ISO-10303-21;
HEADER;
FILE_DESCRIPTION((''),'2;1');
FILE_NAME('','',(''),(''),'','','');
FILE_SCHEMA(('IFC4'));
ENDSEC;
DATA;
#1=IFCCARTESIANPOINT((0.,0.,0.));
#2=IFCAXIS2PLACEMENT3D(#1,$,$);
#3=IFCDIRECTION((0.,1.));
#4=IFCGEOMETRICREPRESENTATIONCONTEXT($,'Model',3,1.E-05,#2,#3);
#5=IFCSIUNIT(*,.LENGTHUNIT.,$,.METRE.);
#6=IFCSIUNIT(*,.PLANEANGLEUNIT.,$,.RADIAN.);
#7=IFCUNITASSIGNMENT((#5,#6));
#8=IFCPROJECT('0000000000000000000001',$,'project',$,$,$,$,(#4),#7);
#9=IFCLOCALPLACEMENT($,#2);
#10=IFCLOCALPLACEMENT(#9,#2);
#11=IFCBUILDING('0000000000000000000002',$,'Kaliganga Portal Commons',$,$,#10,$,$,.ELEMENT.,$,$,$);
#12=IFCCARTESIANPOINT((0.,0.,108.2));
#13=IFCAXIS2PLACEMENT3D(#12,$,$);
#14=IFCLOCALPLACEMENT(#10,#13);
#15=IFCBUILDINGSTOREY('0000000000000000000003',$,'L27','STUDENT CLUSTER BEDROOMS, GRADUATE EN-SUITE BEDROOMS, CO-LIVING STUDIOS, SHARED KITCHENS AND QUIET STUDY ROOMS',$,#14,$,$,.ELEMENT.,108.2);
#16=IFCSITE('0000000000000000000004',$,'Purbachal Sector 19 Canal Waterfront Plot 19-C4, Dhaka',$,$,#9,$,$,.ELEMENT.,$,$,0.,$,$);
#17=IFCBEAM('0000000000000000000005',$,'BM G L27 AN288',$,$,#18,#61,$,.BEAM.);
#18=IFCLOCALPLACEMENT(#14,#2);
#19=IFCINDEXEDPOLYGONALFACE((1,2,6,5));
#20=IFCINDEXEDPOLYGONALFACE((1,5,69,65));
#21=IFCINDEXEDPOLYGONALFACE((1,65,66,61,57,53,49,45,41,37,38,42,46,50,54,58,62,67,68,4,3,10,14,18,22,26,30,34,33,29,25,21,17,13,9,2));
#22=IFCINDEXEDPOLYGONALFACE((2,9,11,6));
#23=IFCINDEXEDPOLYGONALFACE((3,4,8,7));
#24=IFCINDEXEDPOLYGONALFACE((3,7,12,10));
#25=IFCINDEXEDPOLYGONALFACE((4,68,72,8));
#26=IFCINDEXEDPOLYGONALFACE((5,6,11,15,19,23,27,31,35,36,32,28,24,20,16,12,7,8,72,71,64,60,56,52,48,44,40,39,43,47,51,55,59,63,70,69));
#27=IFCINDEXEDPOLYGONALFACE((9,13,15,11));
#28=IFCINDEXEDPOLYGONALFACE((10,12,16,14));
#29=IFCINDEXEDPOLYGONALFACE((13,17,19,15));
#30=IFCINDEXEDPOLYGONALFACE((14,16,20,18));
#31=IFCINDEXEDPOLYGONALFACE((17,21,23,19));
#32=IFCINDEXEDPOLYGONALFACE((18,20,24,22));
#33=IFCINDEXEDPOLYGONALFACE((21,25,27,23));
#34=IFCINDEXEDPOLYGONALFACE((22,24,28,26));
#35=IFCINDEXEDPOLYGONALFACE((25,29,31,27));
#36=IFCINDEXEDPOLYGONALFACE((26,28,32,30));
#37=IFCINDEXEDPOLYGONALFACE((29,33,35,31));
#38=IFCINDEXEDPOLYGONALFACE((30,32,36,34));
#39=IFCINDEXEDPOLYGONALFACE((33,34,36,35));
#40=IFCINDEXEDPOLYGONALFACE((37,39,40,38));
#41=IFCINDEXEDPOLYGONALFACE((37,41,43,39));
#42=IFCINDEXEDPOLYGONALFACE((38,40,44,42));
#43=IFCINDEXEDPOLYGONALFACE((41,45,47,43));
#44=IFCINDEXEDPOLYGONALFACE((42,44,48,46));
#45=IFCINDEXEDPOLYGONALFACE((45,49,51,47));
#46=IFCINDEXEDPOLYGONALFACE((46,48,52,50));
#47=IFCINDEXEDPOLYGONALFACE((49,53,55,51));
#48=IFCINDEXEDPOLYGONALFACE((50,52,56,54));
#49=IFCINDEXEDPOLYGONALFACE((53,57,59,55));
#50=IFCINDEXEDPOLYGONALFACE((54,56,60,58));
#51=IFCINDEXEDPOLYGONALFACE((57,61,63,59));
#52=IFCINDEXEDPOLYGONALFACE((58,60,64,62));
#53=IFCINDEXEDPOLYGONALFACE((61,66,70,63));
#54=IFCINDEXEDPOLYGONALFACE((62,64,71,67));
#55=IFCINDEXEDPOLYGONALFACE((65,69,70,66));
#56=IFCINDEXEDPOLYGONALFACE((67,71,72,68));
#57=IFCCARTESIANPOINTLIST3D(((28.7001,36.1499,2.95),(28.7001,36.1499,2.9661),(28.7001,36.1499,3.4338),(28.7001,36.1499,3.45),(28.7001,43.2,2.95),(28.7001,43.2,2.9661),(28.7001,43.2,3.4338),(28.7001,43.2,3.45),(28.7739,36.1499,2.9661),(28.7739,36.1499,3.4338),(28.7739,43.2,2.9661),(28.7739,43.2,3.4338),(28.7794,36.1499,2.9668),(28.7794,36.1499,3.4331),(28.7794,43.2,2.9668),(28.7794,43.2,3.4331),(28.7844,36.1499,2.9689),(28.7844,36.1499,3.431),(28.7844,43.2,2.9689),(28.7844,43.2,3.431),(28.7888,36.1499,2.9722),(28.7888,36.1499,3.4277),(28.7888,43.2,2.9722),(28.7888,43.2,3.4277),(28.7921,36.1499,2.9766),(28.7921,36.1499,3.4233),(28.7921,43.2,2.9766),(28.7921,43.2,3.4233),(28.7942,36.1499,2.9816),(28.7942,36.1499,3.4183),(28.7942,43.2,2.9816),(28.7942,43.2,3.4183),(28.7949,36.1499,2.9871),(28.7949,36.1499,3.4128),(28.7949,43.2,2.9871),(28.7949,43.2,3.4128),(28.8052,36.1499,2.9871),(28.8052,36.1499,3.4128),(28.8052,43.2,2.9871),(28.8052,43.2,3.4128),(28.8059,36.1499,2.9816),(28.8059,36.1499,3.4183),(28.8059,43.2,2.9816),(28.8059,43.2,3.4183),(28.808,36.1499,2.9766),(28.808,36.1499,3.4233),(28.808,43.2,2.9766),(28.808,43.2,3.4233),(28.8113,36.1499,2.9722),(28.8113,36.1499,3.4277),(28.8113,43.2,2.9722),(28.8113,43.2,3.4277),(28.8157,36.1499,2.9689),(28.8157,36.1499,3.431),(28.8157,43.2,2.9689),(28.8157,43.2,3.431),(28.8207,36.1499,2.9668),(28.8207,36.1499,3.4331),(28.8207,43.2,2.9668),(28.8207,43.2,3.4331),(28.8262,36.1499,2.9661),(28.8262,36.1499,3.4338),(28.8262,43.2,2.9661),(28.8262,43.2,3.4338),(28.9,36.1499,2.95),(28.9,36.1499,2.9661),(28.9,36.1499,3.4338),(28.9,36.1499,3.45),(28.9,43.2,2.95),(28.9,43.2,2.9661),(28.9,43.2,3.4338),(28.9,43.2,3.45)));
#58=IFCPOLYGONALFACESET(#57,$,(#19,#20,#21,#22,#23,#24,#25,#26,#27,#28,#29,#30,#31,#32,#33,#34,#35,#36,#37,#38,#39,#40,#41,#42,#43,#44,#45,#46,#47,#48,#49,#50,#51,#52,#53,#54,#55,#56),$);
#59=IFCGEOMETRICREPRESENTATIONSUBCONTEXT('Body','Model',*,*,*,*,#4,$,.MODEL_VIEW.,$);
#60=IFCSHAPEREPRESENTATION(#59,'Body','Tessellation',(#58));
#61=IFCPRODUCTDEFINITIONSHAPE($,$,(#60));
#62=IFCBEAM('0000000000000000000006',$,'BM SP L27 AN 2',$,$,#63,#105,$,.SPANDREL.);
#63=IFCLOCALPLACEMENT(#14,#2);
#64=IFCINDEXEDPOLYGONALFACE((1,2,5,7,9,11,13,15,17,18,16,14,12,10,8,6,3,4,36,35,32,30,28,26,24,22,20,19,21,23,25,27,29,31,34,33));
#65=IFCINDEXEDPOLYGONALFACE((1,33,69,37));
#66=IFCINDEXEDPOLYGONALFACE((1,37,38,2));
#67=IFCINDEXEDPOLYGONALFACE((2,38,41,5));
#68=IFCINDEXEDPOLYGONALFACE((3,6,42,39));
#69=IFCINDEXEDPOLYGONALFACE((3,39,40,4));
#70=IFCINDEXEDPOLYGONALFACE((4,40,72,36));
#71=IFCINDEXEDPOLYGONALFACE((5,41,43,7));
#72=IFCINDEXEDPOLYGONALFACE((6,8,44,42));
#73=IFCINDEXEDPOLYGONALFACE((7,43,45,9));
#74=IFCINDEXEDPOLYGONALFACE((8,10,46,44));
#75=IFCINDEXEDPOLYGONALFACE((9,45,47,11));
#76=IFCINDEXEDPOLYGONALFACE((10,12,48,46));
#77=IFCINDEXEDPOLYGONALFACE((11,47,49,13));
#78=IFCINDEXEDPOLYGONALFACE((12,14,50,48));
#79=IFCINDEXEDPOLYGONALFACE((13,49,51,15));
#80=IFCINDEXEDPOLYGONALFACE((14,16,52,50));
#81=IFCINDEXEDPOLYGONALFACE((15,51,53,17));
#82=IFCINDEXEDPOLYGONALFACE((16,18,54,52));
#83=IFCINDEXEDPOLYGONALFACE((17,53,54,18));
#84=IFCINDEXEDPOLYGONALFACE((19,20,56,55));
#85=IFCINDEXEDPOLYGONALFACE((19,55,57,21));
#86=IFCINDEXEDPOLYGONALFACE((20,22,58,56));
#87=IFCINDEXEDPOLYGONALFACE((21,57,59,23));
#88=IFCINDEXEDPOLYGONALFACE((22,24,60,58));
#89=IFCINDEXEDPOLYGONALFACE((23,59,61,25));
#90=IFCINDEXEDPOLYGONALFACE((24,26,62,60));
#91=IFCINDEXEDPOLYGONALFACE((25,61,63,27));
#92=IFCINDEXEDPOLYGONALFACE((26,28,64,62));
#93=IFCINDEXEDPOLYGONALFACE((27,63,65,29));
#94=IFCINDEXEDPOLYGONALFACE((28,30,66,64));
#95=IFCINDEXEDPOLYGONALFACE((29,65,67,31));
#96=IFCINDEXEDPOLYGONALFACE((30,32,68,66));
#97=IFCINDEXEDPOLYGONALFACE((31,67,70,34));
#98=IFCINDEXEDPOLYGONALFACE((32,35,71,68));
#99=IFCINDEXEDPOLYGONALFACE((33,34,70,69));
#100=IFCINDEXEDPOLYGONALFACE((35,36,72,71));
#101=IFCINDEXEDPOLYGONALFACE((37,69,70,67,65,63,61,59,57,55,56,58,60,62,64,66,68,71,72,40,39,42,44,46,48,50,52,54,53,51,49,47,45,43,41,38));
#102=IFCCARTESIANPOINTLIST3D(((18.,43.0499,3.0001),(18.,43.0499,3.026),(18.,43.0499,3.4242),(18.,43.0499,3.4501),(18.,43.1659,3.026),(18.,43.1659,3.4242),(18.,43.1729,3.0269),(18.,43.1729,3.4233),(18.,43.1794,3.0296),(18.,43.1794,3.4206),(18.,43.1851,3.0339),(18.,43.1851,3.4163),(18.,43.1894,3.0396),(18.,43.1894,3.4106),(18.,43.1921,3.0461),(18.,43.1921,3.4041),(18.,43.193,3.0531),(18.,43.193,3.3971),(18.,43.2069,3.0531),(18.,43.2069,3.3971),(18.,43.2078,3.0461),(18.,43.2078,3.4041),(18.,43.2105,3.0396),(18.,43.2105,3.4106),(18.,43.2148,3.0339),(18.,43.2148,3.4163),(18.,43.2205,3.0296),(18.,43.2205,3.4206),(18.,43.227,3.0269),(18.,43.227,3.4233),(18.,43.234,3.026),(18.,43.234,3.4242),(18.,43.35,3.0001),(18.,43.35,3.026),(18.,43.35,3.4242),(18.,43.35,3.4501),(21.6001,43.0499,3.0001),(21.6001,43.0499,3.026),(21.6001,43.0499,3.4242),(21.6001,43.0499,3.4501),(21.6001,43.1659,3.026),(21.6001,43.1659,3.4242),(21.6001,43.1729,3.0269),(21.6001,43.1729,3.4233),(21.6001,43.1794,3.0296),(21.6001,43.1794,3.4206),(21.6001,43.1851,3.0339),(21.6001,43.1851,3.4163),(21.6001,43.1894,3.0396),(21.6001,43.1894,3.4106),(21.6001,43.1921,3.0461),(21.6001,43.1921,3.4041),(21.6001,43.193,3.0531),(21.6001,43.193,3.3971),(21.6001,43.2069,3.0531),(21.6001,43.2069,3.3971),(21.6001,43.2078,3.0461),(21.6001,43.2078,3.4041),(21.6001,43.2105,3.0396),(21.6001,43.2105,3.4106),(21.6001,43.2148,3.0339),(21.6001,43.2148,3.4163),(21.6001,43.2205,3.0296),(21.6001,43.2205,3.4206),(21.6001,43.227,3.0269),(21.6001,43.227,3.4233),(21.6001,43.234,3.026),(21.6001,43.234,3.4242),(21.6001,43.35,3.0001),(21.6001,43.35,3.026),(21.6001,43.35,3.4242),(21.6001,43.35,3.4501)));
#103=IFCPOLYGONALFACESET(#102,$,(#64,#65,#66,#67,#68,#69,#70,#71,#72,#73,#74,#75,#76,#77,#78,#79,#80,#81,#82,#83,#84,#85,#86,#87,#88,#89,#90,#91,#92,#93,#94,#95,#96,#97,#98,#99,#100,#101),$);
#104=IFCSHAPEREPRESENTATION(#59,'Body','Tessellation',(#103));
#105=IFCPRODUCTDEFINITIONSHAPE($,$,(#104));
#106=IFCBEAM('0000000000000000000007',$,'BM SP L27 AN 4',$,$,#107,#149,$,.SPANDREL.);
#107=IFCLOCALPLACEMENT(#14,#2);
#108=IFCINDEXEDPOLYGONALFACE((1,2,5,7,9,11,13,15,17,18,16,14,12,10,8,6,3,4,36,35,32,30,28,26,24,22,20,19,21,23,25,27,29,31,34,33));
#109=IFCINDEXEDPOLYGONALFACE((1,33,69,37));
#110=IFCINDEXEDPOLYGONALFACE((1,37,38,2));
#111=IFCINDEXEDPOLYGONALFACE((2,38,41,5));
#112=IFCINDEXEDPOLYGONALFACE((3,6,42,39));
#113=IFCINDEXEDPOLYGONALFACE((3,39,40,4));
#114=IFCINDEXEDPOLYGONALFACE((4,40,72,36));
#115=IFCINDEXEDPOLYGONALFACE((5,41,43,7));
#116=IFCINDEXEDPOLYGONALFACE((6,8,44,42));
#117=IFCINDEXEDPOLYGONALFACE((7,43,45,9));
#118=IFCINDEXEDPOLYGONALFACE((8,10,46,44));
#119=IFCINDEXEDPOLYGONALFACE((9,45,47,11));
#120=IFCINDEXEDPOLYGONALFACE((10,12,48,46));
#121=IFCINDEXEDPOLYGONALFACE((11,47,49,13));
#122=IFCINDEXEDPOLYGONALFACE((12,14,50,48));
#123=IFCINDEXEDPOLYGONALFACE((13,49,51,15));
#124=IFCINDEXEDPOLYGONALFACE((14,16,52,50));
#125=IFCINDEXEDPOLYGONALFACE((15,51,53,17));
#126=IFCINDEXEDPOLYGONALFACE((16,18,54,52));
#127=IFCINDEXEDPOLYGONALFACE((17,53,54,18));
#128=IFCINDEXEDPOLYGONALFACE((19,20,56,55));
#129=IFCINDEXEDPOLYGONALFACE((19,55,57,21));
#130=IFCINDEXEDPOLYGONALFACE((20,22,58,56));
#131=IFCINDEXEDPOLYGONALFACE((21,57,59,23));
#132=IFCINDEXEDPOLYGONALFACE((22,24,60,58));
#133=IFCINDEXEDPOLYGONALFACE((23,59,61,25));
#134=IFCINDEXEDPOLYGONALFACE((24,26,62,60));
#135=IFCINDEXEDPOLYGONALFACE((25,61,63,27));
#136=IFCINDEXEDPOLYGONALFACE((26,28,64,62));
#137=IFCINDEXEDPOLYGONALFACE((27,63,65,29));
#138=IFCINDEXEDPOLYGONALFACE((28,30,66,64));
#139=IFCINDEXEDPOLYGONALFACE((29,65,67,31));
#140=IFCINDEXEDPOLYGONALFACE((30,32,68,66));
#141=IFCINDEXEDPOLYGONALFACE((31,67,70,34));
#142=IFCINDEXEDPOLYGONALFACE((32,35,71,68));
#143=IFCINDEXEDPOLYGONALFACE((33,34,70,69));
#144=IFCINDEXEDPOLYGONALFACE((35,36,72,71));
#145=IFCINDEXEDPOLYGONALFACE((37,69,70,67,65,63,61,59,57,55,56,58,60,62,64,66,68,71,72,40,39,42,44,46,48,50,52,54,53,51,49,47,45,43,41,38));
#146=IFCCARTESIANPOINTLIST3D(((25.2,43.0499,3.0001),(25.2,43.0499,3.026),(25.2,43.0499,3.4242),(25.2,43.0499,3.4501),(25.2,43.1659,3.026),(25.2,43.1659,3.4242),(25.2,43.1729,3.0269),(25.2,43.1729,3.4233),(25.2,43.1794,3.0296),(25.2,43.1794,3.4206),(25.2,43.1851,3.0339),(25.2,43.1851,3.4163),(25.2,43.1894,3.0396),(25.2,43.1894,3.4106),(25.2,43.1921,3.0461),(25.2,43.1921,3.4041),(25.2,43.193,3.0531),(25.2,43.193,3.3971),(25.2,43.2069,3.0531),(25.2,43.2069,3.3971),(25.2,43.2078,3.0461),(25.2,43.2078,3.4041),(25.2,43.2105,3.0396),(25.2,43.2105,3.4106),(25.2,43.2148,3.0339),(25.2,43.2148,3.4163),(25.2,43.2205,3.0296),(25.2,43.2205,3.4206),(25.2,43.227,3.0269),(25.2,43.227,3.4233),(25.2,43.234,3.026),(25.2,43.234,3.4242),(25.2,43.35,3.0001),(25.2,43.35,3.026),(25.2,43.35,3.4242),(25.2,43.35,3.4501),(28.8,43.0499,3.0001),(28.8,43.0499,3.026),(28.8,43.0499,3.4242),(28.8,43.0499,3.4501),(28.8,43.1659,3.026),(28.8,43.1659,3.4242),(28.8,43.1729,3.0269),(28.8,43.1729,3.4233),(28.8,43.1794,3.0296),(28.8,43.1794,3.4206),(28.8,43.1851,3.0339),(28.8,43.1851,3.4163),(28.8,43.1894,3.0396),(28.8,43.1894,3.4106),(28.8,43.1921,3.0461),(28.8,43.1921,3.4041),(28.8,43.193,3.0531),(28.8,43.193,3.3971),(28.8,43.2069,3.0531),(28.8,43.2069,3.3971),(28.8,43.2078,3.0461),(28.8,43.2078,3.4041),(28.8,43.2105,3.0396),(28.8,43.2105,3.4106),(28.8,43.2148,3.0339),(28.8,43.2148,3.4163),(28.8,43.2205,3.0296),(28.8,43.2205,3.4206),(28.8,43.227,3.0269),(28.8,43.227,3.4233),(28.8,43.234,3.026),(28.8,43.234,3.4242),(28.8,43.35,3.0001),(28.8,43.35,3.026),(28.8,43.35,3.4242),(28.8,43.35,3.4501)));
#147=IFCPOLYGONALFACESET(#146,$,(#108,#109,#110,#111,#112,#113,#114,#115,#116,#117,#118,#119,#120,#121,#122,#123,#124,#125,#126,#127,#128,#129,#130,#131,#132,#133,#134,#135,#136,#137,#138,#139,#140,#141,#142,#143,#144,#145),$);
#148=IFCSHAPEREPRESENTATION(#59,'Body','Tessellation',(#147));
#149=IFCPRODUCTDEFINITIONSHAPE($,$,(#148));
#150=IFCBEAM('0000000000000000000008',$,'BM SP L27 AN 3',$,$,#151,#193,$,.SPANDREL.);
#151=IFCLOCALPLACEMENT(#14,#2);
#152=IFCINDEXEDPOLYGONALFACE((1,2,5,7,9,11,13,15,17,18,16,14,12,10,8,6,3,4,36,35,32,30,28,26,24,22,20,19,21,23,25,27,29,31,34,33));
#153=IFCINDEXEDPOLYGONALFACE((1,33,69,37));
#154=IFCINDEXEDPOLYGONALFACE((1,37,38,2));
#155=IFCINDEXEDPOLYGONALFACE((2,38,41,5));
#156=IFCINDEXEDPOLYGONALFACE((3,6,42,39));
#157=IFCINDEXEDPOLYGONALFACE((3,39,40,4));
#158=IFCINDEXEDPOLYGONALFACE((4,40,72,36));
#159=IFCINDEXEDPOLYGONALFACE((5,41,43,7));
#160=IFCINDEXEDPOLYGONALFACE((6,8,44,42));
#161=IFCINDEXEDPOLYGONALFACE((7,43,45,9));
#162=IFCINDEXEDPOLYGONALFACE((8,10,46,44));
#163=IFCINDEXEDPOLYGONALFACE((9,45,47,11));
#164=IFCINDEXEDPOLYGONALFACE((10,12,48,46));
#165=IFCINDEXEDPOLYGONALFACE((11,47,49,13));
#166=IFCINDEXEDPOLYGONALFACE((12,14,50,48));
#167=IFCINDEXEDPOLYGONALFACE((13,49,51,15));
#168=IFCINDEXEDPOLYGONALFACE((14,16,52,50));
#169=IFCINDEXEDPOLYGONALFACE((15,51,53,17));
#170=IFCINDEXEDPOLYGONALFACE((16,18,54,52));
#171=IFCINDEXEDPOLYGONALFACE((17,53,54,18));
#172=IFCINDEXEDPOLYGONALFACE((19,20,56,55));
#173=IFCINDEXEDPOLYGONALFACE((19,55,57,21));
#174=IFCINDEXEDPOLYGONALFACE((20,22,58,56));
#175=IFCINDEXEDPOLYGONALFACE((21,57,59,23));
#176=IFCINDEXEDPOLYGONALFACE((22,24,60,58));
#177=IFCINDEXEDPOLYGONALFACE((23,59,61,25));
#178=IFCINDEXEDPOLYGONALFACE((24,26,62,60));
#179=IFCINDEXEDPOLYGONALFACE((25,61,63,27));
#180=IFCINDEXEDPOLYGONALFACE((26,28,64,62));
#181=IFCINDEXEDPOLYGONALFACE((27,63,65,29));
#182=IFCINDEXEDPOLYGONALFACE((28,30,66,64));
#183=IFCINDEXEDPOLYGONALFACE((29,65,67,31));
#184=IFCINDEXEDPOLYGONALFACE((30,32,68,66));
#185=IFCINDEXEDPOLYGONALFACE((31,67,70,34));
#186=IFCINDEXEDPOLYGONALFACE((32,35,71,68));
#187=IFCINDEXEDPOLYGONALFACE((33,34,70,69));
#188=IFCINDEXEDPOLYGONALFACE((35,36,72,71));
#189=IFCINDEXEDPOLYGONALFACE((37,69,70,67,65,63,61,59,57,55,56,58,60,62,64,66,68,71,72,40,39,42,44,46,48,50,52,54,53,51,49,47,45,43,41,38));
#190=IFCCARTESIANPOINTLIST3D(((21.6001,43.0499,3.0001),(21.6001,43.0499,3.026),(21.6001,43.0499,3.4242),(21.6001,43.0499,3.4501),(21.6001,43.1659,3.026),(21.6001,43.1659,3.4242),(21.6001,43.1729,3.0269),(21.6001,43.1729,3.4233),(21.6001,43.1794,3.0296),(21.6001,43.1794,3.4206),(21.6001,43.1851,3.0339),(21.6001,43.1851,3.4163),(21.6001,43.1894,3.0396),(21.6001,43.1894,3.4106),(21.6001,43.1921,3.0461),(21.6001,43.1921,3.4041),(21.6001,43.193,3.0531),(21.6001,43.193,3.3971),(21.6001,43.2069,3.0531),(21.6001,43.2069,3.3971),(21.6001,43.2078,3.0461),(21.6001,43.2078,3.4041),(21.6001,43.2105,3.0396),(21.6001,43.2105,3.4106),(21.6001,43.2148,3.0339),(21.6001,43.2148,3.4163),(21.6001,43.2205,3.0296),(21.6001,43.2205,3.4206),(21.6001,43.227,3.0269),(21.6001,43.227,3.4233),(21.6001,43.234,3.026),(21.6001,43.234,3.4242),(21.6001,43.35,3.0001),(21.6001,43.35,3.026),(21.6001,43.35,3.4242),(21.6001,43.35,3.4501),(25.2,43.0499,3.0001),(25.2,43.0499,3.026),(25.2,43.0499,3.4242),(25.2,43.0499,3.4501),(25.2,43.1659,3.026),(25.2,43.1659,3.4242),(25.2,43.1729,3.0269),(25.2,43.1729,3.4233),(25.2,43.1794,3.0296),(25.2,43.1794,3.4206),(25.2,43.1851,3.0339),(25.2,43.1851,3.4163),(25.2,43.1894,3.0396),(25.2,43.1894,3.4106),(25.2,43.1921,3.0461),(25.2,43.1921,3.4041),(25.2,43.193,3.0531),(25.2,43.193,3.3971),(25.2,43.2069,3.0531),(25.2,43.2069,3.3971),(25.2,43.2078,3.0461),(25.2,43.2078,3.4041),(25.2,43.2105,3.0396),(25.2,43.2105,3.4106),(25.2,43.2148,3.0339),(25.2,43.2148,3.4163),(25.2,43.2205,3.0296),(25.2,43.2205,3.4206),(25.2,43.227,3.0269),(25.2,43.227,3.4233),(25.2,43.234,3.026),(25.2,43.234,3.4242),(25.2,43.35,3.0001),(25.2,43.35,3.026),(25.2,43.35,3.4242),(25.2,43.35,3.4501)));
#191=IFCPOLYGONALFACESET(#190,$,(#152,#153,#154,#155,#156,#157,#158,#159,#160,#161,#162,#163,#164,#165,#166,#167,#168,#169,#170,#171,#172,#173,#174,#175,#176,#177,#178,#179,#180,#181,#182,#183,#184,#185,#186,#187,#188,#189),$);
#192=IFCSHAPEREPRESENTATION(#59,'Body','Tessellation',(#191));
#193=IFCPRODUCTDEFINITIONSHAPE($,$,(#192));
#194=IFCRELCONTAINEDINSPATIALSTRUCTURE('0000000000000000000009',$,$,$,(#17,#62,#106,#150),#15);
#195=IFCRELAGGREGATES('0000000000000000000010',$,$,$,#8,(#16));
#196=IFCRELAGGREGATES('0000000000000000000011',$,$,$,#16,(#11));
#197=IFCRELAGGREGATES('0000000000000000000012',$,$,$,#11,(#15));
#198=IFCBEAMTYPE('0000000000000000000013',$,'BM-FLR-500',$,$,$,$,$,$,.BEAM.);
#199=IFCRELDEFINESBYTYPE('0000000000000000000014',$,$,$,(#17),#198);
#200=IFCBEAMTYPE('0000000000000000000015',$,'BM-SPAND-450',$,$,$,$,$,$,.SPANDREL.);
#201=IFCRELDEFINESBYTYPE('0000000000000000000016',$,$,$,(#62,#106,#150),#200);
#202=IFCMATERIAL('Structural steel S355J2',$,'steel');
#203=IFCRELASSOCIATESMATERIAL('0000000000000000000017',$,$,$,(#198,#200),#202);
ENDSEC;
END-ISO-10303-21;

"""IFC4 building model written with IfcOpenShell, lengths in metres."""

from ifc_helpers import new_model, si_unit, direction, frame, origin, origin_2d, place, context, subcontext, project, spatial, i_section, extrude, source, transform, mapped, material, material_profile, profile_set, type_object, element, save


model = new_model("IFC4")

# Units and contexts
model_context = context("Model", 3, precision=1e-05, world=origin(), true_north=direction((0.0, 1.0)))
body_context = subcontext(model_context, "Body", "Model", "MODEL_VIEW")
ifc_project = project(units=[si_unit("LENGTHUNIT", "METRE"), si_unit("PLANEANGLEUNIT", "RADIAN")], contexts=[model_context])

# Site, building, storey
site_placement = place(None, origin())
site = spatial("IfcSite", under=ifc_project, at=site_placement, Name="Purbachal Sector 19 Canal Waterfront Plot 19-C4, Dhaka", CompositionType="ELEMENT", RefElevation=0.0)
building_placement = place(site_placement, origin())
building = spatial("IfcBuilding", under=site, at=building_placement, Name="Kaliganga Portal Commons", CompositionType="ELEMENT")
storey_placement = place(building_placement, frame((0.0, 0.0, 108.2)))
storey = spatial("IfcBuildingStorey", under=building, at=storey_placement, Name="L27", Description="STUDENT CLUSTER BEDROOMS, GRADUATE EN-SUITE BEDROOMS, CO-LIVING STUDIOS, SHARED KITCHENS AND QUIET STUDY ROOMS", CompositionType="ELEMENT", Elevation=108.2)

# Beams
ifc_material_1 = material(Name="Structural steel S355J2", Category="steel")
ifc_material_profile_1 = material_profile(ifc_material_1, i_section(OverallWidth=0.2, OverallDepth=0.5, WebThickness=0.0103, FlangeThickness=0.0161, FilletRadius=0.021, at=origin_2d()), Name="IPE 500")
ifc_profile_set_1 = profile_set([ifc_material_profile_1], Name="Structural steel S355J2 wide-flange")
beam_type_1 = type_object("IfcBeamType", Name="BM-FLR-500", PredefinedType="BEAM", material=ifc_profile_set_1)
shared_shape_1 = source(origin(), body_context, "Body", "SweptSolid", [
    extrude(i_section(OverallWidth=0.2, OverallDepth=0.5, WebThickness=0.0103, FlangeThickness=0.0161, FilletRadius=0.021, at=origin_2d()), origin(), (0.0, 0.0, 1.0), 7.05),
])
beam_1_placement = place(storey_placement, frame((28.8, 36.1499, 3.2), z_axis=(0.0, 1.0, 0.0), x_axis=(-1.0, 0.0, 0.0)))
element("IfcBeam", 1, at=beam_1_placement, inside=storey, type_object=beam_type_1, Name="BM G L27 AN288", PredefinedType="BEAM", context=body_context, shape_type="MappedRepresentation", body=[
    mapped(shared_shape_1, transform((0.0, 0.0, 0.0), x_axis=(1.0, 0.0, 0.0), y_axis=(0.0, 1.0, 0.0), z_axis=(0.0, 0.0, 1.0), scale=1.0)),
])
ifc_material_profile_2 = material_profile(ifc_material_1, i_section(OverallWidth=0.3, OverallDepth=0.45, WebThickness=0.0139, FlangeThickness=0.0259, FilletRadius=0.0271, at=origin_2d()), Name="HE 450 B")
ifc_profile_set_2 = profile_set([ifc_material_profile_2], Name="Structural steel S355J2 wide-flange")
beam_type_2 = type_object("IfcBeamType", Name="BM-SPAND-450", PredefinedType="SPANDREL", material=ifc_profile_set_2)
shared_shape_2 = source(origin(), body_context, "Body", "SweptSolid", [
    extrude(i_section(OverallWidth=0.3, OverallDepth=0.45, WebThickness=0.0139, FlangeThickness=0.0259, FilletRadius=0.0271, at=origin_2d()), origin(), (0.0, 0.0, 1.0), 3.6001),
])
for number, where, z_axis, x_axis, name in (
    (2, (18.0, 43.2, 3.2251), (1.0, 0.0, 0.0), (0.0, 1.0, 0.0), "BM SP L27 AN 2"),
    (3, (25.2, 43.2, 3.2251), (1.0, 0.0, 0.0), (0.0, 1.0, 0.0), "BM SP L27 AN 4"),
):
    element("IfcBeam", number, at=place(storey_placement, frame(where, z_axis=z_axis, x_axis=x_axis)), inside=storey, type_object=beam_type_2, Name=name, PredefinedType="SPANDREL", context=body_context, shape_type="MappedRepresentation", body=[
        mapped(shared_shape_2, transform((0.0, 0.0, 0.0), x_axis=(1.0, 0.0, 0.0), y_axis=(0.0, 1.0, 0.0), z_axis=(0.0, 0.0, 1.0), scale=1.0)),
    ])
shared_shape_3 = source(origin(), body_context, "Body", "SweptSolid", [
    extrude(i_section(OverallWidth=0.3, OverallDepth=0.45, WebThickness=0.0139, FlangeThickness=0.0259, FilletRadius=0.0271, at=origin_2d()), origin(), (0.0, 0.0, 1.0), 3.5999),
])
for number, where, z_axis, x_axis, name in (
    (4, (21.6001, 43.2, 3.2251), (1.0, 0.0, 0.0), (0.0, 1.0, 0.0), "BM SP L27 AN 3"),
):
    element("IfcBeam", number, at=place(storey_placement, frame(where, z_axis=z_axis, x_axis=x_axis)), inside=storey, type_object=beam_type_2, Name=name, PredefinedType="SPANDREL", context=body_context, shape_type="MappedRepresentation", body=[
        mapped(shared_shape_3, transform((0.0, 0.0, 0.0), x_axis=(1.0, 0.0, 0.0), y_axis=(0.0, 1.0, 0.0), z_axis=(0.0, 0.0, 1.0), scale=1.0)),
    ])

save(model, "model.ifc")
